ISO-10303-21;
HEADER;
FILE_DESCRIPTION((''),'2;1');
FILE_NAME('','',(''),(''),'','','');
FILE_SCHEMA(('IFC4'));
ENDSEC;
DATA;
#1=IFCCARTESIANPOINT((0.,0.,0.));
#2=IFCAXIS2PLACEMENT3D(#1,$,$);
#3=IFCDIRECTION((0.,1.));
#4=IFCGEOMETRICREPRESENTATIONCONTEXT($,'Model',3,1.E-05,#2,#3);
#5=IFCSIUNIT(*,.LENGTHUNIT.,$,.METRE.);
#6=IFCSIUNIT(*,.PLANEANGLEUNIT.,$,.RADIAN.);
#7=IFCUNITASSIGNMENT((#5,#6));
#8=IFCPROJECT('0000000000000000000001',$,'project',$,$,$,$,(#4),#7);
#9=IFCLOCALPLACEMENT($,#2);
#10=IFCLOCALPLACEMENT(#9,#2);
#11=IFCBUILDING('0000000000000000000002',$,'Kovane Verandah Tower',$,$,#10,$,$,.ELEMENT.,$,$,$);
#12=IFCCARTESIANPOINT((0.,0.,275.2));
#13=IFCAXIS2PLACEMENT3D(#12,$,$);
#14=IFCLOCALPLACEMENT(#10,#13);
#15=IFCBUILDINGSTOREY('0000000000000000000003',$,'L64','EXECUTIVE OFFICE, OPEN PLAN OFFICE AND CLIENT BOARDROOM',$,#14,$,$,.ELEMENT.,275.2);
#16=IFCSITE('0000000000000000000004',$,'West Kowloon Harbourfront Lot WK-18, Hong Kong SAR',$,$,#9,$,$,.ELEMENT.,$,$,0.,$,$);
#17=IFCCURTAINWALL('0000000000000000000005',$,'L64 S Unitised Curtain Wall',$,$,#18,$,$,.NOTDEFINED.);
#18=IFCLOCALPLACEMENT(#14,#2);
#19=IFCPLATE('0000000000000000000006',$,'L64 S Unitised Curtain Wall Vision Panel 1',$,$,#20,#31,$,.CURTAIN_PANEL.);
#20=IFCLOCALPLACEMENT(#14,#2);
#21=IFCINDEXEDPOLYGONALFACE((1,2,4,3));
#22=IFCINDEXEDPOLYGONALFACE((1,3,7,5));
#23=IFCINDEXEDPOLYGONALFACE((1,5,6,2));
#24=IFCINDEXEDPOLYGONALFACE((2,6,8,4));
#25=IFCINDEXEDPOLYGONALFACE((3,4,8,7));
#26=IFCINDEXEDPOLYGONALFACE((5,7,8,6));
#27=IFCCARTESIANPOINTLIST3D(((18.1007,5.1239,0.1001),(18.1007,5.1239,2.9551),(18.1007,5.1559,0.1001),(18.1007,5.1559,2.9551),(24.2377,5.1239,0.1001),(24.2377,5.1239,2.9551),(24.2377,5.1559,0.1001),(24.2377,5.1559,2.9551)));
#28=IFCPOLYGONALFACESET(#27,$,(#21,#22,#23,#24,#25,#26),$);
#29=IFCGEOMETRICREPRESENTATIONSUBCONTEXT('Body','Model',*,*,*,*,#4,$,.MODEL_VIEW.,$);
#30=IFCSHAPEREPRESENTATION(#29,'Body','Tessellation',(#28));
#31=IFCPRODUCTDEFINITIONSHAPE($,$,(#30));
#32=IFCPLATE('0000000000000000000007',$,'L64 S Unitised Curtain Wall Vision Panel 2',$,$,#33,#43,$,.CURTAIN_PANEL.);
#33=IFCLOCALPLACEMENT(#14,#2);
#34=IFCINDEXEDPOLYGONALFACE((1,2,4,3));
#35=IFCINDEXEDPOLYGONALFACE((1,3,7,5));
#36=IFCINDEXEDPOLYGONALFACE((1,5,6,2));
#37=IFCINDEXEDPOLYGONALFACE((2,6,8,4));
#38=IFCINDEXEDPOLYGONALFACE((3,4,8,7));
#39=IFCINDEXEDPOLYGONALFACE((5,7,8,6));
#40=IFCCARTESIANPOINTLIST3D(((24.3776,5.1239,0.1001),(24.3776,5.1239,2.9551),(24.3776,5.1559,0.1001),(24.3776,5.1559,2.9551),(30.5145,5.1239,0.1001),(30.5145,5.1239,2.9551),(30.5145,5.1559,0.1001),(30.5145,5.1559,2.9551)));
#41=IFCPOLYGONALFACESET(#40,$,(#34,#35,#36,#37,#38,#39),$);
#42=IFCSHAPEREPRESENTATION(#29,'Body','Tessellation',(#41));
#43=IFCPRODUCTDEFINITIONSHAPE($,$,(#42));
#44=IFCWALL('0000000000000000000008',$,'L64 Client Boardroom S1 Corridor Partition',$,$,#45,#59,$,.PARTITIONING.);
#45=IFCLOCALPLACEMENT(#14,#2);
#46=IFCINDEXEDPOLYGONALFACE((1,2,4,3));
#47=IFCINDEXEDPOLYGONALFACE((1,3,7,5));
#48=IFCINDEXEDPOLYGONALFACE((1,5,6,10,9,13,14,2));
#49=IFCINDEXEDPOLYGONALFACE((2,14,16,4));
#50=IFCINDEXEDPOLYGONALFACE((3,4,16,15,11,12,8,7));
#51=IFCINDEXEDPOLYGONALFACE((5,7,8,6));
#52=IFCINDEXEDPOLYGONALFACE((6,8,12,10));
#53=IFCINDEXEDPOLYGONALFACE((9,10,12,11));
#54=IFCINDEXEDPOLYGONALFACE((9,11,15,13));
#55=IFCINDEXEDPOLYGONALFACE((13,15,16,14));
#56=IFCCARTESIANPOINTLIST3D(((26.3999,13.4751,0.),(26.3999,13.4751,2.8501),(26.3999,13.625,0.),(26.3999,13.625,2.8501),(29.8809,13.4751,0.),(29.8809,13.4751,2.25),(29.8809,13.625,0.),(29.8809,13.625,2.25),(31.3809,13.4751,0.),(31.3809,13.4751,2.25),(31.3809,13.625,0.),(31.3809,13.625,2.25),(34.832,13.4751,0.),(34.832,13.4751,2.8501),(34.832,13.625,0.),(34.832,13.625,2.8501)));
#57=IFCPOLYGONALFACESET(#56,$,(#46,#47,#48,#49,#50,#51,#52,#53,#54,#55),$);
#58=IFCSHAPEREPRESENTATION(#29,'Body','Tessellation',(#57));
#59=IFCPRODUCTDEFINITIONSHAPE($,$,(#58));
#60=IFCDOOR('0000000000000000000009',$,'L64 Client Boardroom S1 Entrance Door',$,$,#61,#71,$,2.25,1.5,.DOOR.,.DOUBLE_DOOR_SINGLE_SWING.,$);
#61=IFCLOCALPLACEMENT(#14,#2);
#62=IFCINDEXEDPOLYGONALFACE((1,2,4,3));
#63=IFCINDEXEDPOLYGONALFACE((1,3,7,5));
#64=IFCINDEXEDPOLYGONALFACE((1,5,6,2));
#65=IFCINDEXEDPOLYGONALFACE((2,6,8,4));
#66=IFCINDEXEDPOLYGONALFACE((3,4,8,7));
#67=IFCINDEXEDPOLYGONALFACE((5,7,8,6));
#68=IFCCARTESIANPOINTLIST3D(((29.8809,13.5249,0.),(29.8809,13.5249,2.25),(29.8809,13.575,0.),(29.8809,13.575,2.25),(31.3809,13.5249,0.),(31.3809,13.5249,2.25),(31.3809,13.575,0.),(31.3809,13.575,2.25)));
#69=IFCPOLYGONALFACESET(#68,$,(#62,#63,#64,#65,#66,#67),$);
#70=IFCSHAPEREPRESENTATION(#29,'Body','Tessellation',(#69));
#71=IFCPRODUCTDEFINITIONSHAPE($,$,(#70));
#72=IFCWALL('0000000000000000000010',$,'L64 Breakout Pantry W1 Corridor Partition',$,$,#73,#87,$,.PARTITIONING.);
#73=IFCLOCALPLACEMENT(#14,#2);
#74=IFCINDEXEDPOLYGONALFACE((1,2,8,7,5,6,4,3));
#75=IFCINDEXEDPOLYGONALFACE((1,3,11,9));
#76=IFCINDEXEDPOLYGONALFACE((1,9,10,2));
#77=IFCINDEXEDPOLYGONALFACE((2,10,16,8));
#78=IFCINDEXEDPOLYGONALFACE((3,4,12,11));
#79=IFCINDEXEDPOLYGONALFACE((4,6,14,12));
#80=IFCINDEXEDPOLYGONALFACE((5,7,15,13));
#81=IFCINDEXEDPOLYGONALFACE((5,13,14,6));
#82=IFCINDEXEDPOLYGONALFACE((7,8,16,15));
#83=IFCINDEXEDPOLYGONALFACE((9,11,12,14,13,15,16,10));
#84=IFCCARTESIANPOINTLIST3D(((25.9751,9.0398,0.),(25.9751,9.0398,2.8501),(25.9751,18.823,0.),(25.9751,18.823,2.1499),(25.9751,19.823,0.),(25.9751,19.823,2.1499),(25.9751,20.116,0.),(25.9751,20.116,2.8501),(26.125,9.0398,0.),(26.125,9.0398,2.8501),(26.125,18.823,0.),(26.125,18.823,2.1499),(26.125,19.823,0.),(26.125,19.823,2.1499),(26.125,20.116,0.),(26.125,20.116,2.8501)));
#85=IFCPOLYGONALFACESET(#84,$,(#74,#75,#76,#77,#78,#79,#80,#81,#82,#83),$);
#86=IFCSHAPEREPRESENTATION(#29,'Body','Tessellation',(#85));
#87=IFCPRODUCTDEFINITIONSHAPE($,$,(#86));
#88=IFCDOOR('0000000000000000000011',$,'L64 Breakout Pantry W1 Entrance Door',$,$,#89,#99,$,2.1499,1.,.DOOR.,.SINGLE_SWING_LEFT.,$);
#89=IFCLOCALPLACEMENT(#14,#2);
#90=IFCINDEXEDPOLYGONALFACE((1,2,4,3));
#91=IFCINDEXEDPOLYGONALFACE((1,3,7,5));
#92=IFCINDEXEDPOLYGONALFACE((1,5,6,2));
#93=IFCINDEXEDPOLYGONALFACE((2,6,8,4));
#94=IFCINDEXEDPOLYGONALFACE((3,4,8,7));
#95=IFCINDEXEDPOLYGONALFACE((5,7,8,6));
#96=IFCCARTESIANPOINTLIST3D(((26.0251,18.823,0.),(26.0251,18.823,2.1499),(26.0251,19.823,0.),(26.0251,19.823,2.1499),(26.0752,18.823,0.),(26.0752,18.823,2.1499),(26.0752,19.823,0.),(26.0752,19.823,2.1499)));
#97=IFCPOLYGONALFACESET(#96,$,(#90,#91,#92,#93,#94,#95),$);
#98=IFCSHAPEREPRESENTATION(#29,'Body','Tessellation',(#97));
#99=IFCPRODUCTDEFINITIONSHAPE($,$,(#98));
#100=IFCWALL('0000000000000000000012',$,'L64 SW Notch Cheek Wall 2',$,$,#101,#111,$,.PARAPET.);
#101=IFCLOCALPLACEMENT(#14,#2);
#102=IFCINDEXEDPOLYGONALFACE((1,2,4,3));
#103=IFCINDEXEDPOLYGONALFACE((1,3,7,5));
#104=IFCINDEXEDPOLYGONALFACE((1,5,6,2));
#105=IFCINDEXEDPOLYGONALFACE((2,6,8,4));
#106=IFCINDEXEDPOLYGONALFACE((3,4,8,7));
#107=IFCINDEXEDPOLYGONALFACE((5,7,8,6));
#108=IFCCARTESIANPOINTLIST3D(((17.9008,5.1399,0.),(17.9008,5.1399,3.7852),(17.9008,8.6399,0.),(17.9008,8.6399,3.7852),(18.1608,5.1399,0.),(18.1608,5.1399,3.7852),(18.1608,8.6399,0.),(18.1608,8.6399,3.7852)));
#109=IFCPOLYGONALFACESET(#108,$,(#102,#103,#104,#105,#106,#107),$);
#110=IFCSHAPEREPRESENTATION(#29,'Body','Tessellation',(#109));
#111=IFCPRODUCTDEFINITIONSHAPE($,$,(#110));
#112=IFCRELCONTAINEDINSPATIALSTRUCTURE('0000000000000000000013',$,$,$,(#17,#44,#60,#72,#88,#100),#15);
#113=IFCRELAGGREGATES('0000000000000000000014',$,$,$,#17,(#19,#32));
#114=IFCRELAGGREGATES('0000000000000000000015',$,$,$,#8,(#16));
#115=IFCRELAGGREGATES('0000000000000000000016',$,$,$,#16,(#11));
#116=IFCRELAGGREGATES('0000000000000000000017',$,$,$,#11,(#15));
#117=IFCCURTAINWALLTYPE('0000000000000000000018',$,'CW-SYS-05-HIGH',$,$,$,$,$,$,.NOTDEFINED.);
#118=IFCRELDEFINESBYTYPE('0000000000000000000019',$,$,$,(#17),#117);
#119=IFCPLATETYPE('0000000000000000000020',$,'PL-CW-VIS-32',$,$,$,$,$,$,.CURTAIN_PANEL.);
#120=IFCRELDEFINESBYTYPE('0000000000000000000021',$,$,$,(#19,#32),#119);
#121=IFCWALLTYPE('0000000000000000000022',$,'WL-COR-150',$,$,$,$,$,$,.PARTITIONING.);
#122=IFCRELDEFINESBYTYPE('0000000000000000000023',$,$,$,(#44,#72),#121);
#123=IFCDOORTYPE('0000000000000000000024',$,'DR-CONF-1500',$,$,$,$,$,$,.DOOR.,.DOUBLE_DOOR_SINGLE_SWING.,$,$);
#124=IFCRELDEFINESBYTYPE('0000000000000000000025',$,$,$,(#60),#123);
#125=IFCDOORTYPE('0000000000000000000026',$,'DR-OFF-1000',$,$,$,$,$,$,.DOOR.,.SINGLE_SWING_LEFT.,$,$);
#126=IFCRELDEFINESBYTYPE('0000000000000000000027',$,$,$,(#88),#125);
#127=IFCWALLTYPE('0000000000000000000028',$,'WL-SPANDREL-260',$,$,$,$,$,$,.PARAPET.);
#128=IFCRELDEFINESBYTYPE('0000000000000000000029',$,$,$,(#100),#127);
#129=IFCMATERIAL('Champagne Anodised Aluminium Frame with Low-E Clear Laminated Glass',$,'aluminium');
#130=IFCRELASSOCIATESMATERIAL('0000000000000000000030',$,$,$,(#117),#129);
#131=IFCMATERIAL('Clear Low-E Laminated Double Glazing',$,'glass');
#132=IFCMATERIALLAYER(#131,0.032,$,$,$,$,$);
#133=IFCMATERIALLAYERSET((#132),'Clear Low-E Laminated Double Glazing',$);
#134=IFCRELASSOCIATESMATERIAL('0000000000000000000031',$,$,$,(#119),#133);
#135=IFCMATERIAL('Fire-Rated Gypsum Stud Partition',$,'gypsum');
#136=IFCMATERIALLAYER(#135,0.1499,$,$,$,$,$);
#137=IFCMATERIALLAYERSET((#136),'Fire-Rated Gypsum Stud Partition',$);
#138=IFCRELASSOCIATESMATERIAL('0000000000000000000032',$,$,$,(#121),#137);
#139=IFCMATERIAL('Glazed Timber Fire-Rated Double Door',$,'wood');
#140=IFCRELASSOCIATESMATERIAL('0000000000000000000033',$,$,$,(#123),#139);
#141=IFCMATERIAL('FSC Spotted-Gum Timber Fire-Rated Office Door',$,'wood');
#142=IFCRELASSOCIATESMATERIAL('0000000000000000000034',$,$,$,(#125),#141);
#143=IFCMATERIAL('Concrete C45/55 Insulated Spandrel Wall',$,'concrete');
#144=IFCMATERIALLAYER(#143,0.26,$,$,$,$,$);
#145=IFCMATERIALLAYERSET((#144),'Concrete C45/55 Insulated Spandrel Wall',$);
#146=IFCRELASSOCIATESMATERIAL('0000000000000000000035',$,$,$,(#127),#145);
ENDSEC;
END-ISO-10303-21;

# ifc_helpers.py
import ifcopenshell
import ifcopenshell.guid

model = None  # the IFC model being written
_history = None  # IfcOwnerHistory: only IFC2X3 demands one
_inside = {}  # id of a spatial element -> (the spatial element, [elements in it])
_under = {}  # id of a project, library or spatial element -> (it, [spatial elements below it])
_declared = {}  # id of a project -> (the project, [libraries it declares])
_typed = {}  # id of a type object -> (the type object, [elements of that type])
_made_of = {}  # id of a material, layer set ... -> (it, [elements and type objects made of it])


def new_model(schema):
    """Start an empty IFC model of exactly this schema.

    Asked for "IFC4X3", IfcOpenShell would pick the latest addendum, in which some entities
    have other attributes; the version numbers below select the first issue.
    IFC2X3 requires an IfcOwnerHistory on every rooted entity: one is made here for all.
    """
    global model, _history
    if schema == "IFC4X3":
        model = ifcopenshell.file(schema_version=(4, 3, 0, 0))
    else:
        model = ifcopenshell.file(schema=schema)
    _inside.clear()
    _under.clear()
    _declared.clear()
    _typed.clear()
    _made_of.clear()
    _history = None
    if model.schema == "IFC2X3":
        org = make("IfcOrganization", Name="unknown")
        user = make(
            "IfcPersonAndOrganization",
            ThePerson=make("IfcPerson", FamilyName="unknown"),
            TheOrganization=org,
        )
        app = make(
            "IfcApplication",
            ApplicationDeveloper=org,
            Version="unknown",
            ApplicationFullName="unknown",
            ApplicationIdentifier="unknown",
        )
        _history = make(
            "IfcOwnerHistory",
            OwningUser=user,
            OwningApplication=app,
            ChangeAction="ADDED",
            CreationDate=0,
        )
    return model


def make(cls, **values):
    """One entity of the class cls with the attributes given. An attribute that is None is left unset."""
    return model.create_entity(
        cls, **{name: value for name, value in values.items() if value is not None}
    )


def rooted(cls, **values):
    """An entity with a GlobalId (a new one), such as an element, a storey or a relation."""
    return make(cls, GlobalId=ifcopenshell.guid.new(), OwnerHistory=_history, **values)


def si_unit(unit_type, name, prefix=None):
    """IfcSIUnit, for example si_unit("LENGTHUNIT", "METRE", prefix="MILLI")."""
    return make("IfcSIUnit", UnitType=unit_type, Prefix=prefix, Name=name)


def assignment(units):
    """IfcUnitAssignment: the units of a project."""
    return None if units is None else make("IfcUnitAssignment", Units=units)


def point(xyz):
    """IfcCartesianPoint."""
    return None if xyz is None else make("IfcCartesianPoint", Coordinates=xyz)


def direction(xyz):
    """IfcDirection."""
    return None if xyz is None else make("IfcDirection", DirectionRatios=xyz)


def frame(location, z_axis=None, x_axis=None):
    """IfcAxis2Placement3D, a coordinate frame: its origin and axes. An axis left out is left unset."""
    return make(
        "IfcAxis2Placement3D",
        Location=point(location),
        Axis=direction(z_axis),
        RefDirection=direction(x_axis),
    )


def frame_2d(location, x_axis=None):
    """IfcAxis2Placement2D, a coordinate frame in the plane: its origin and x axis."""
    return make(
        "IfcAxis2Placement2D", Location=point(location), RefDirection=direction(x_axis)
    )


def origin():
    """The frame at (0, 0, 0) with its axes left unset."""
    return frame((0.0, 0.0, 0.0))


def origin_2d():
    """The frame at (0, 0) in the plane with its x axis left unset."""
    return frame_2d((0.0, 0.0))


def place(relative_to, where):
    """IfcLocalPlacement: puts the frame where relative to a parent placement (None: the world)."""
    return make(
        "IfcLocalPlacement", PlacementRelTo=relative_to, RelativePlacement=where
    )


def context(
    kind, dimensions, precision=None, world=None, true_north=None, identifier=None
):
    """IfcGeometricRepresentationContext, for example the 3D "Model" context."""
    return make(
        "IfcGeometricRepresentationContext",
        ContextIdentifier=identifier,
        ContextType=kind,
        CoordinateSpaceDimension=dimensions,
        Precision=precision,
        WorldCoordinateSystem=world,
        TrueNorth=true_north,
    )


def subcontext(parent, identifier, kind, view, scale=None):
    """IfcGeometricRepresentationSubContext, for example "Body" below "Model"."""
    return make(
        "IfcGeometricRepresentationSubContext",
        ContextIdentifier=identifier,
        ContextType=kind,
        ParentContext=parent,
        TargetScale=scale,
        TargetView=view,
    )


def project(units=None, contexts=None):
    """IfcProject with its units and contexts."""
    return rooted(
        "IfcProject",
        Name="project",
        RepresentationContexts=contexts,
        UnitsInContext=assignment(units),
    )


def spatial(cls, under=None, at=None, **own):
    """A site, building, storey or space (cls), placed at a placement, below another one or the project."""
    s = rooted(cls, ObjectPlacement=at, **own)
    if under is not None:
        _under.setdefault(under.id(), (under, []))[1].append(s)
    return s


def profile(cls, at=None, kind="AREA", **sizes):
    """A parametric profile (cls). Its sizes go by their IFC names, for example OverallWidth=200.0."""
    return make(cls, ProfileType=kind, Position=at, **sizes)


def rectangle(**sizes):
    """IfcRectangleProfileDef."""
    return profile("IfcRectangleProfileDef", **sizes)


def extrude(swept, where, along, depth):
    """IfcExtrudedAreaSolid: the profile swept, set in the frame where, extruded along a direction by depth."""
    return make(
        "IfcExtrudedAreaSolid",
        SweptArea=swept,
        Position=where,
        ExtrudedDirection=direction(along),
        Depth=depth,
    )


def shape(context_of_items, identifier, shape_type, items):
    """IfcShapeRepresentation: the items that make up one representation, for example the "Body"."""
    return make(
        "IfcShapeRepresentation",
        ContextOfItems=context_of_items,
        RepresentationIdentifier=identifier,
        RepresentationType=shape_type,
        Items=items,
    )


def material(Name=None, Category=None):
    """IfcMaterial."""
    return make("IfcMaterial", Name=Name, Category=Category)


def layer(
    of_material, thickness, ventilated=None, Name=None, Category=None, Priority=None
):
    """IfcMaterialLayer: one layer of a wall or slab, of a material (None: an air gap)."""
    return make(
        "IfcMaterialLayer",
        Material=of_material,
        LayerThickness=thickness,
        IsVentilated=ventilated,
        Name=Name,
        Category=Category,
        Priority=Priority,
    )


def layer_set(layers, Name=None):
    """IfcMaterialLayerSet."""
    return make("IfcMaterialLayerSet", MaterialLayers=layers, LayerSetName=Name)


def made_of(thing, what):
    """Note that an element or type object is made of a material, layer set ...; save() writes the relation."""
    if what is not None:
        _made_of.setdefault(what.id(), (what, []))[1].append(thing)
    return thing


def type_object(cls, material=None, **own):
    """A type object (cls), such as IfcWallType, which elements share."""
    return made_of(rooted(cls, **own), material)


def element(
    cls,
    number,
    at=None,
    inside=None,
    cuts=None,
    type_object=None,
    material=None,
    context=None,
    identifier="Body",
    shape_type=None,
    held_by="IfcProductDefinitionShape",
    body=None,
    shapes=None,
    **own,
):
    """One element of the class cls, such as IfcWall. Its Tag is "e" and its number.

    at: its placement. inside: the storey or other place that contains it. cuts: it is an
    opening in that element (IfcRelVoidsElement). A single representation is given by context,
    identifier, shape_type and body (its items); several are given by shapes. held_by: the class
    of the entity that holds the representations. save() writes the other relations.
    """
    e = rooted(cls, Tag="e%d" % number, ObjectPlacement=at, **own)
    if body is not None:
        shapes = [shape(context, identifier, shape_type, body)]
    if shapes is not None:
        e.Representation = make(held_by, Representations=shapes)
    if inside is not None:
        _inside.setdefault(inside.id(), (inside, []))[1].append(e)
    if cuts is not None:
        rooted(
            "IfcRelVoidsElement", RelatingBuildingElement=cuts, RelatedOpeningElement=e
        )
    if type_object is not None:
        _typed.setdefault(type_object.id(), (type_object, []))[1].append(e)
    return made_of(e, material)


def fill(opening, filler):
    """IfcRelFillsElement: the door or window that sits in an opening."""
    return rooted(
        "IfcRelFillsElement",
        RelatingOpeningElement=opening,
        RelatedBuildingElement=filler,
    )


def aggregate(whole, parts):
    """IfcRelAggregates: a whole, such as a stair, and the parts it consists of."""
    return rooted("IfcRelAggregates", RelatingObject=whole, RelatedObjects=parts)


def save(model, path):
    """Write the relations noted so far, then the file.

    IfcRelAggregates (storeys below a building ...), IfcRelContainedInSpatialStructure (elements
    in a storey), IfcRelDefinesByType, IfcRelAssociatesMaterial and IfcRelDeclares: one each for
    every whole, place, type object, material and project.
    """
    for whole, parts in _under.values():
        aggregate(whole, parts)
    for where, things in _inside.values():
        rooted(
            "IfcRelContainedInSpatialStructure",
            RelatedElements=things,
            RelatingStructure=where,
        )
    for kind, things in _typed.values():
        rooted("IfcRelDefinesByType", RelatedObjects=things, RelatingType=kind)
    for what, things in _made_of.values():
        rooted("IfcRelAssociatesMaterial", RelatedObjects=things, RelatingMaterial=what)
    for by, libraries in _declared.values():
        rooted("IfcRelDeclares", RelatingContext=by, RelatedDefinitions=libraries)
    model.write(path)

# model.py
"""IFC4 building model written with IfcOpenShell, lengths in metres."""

from ifc_helpers import new_model, si_unit, direction, frame, frame_2d, origin, origin_2d, place, context, subcontext, project, spatial, rectangle, extrude, material, layer, layer_set, type_object, element, fill, aggregate, save


model = new_model("IFC4")

# Units and contexts
model_context = context("Model", 3, precision=1e-05, world=origin(), true_north=direction((0.0, 1.0)))
body_context = subcontext(model_context, "Body", "Model", "MODEL_VIEW")
ifc_project = project(units=[si_unit("LENGTHUNIT", "METRE"), si_unit("PLANEANGLEUNIT", "RADIAN")], contexts=[model_context])

# Site, building, storey
site_placement = place(None, origin())
site = spatial("IfcSite", under=ifc_project, at=site_placement, Name="West Kowloon Harbourfront Lot WK-18, Hong Kong SAR", CompositionType="ELEMENT", RefElevation=0.0)
building_placement = place(site_placement, origin())
building = spatial("IfcBuilding", under=site, at=building_placement, Name="Kovane Verandah Tower", CompositionType="ELEMENT")
storey_placement = place(building_placement, frame((0.0, 0.0, 275.2)))
storey = spatial("IfcBuildingStorey", under=building, at=storey_placement, Name="L64", Description="EXECUTIVE OFFICE, OPEN PLAN OFFICE AND CLIENT BOARDROOM", CompositionType="ELEMENT", Elevation=275.2)

# Curtain wall
ifc_material_1 = material(Name="Champagne Anodised Aluminium Frame with Low-E Clear Laminated Glass", Category="aluminium")
curtain_wall_type = type_object("IfcCurtainWallType", Name="CW-SYS-05-HIGH", PredefinedType="NOTDEFINED", material=ifc_material_1)
curtain_wall_placement = place(storey_placement, origin())
curtain_wall = element("IfcCurtainWall", 1, at=curtain_wall_placement, inside=storey, type_object=curtain_wall_type, Name="L64 S Unitised Curtain Wall", PredefinedType="NOTDEFINED")

# Plates
ifc_material_2 = material(Name="Clear Low-E Laminated Double Glazing", Category="glass")
ifc_layer_1 = layer(ifc_material_2, 0.032)
ifc_layer_set_1 = layer_set([ifc_layer_1], Name="Clear Low-E Laminated Double Glazing")
plate_type_1 = type_object("IfcPlateType", Name="PL-CW-VIS-32", PredefinedType="CURTAIN_PANEL", material=ifc_layer_set_1)
plate_1_placement = place(storey_placement, frame((21.1692, 5.1399, 0.1001), z_axis=(0.0, 0.0, 1.0), x_axis=(1.0, 0.0, 0.0)))
plate_1 = element("IfcPlate", 2, at=plate_1_placement, type_object=plate_type_1, Name="L64 S Unitised Curtain Wall Vision Panel 1", PredefinedType="CURTAIN_PANEL", context=body_context, shape_type="SweptSolid", body=[
    extrude(rectangle(XDim=6.137, YDim=0.032, at=origin_2d()), origin(), (0.0, 0.0, 1.0), 2.855),
])
plate_2_placement = place(storey_placement, frame((27.446, 5.1399, 0.1001), z_axis=(0.0, 0.0, 1.0), x_axis=(1.0, 0.0, 0.0)))
plate_2 = element("IfcPlate", 3, at=plate_2_placement, type_object=plate_type_1, Name="L64 S Unitised Curtain Wall Vision Panel 2", PredefinedType="CURTAIN_PANEL", context=body_context, shape_type="SweptSolid", body=[
    extrude(rectangle(XDim=6.137, YDim=0.032, at=origin_2d()), origin(), (0.0, 0.0, 1.0), 2.855),
])
aggregate(curtain_wall, [plate_1, plate_2])

# Walls, openings, doors
ifc_material_3 = material(Name="Fire-Rated Gypsum Stud Partition", Category="gypsum")
ifc_layer_2 = layer(ifc_material_3, 0.1499)
ifc_layer_set_2 = layer_set([ifc_layer_2], Name="Fire-Rated Gypsum Stud Partition")
wall_type_1 = type_object("IfcWallType", Name="WL-COR-150", PredefinedType="PARTITIONING", material=ifc_layer_set_2)
wall_1_placement = place(storey_placement, frame((26.3999, 13.55, 0.0), z_axis=(0.0, 0.0, 1.0), x_axis=(1.0, 0.0, 0.0)))
wall_1 = element("IfcWall", 4, at=wall_1_placement, inside=storey, type_object=wall_type_1, Name="L64 Client Boardroom S1 Corridor Partition", PredefinedType="PARTITIONING", context=body_context, shape_type="SweptSolid", body=[
    extrude(rectangle(XDim=8.4321, YDim=0.1499, at=frame_2d((4.2161, 0.0))), origin(), (0.0, 0.0, 1.0), 2.8501),
])
opening_1_placement = place(wall_1_placement, frame((3.481, 0.0, 0.0)))
opening_1 = element("IfcOpeningElement", 5, at=opening_1_placement, cuts=wall_1, PredefinedType="OPENING", context=body_context, shape_type="SweptSolid", body=[
    extrude(rectangle(XDim=1.5, YDim=2.25, at=frame_2d((0.75, 1.125))), frame((0.0, 0.075, 0.0), z_axis=(0.0, -1.0, 0.0), x_axis=(1.0, 0.0, 0.0)), (0.0, 0.0, 1.0), 0.1499),
])
ifc_material_4 = material(Name="Glazed Timber Fire-Rated Double Door", Category="wood")
door_type_1 = type_object("IfcDoorType", Name="DR-CONF-1500", OperationType="DOUBLE_DOOR_SINGLE_SWING", PredefinedType="DOOR", material=ifc_material_4)
door_1_placement = place(opening_1_placement, origin())
door_1 = element("IfcDoor", 6, at=door_1_placement, inside=storey, type_object=door_type_1, Name="L64 Client Boardroom S1 Entrance Door", OperationType="DOUBLE_DOOR_SINGLE_SWING", OverallHeight=2.25, OverallWidth=1.5, PredefinedType="DOOR", context=body_context, shape_type="SweptSolid", body=[
    extrude(rectangle(XDim=1.5, YDim=2.25, at=frame_2d((0.75, 1.125))), frame((0.0, 0.0249, 0.0), z_axis=(0.0, -1.0, 0.0), x_axis=(1.0, 0.0, 0.0)), (0.0, 0.0, 1.0), 0.05),
])
fill(opening_1, door_1)
wall_2_placement = place(storey_placement, frame((26.05, 9.0398, 0.0), z_axis=(0.0, 0.0, 1.0), x_axis=(0.0, 1.0, 0.0)))
wall_2 = element("IfcWall", 7, at=wall_2_placement, inside=storey, type_object=wall_type_1, Name="L64 Breakout Pantry W1 Corridor Partition", PredefinedType="PARTITIONING", context=body_context, shape_type="SweptSolid", body=[
    extrude(rectangle(XDim=11.0762, YDim=0.1499, at=frame_2d((5.5381, 0.0))), origin(), (0.0, 0.0, 1.0), 2.8501),
])
opening_2_placement = place(wall_2_placement, frame((9.7832, 0.0, 0.0)))
opening_2 = element("IfcOpeningElement", 8, at=opening_2_placement, cuts=wall_2, PredefinedType="OPENING", context=body_context, shape_type="SweptSolid", body=[
    extrude(rectangle(XDim=1.0, YDim=2.1499, at=frame_2d((0.5, 1.075))), frame((0.0, 0.075, 0.0), z_axis=(0.0, -1.0, 0.0), x_axis=(1.0, 0.0, 0.0)), (0.0, 0.0, 1.0), 0.1499),
])
ifc_material_5 = material(Name="FSC Spotted-Gum Timber Fire-Rated Office Door", Category="wood")
door_type_2 = type_object("IfcDoorType", Name="DR-OFF-1000", OperationType="SINGLE_SWING_LEFT", PredefinedType="DOOR", material=ifc_material_5)
door_2_placement = place(opening_2_placement, origin())
door_2 = element("IfcDoor", 9, at=door_2_placement, inside=storey, type_object=door_type_2, Name="L64 Breakout Pantry W1 Entrance Door", OperationType="SINGLE_SWING_LEFT", OverallHeight=2.1499, OverallWidth=1.0, PredefinedType="DOOR", context=body_context, shape_type="SweptSolid", body=[
    extrude(rectangle(XDim=1.0, YDim=2.1499, at=frame_2d((0.5, 1.075))), frame((0.0, 0.0249, 0.0), z_axis=(0.0, -1.0, 0.0), x_axis=(1.0, 0.0, 0.0)), (0.0, 0.0, 1.0), 0.05),
])
fill(opening_2, door_2)

# Wall
ifc_material_6 = material(Name="Concrete C45/55 Insulated Spandrel Wall", Category="concrete")
ifc_layer_3 = layer(ifc_material_6, 0.26)
ifc_layer_set_3 = layer_set([ifc_layer_3], Name="Concrete C45/55 Insulated Spandrel Wall")
wall_type_2 = type_object("IfcWallType", Name="WL-SPANDREL-260", PredefinedType="PARAPET", material=ifc_layer_set_3)
wall_3_placement = place(storey_placement, frame((18.0308, 8.6399, 0.0), z_axis=(0.0, 0.0, 1.0), x_axis=(0.0, -1.0, 0.0)))
element("IfcWall", 10, at=wall_3_placement, inside=storey, type_object=wall_type_2, Name="L64 SW Notch Cheek Wall 2", PredefinedType="PARAPET", context=body_context, shape_type="SweptSolid", body=[
    extrude(rectangle(XDim=3.5, YDim=0.26, at=frame_2d((1.75, 0.0))), origin(), (0.0, 0.0, 1.0), 3.7852),
])

save(model, "model.ifc")
